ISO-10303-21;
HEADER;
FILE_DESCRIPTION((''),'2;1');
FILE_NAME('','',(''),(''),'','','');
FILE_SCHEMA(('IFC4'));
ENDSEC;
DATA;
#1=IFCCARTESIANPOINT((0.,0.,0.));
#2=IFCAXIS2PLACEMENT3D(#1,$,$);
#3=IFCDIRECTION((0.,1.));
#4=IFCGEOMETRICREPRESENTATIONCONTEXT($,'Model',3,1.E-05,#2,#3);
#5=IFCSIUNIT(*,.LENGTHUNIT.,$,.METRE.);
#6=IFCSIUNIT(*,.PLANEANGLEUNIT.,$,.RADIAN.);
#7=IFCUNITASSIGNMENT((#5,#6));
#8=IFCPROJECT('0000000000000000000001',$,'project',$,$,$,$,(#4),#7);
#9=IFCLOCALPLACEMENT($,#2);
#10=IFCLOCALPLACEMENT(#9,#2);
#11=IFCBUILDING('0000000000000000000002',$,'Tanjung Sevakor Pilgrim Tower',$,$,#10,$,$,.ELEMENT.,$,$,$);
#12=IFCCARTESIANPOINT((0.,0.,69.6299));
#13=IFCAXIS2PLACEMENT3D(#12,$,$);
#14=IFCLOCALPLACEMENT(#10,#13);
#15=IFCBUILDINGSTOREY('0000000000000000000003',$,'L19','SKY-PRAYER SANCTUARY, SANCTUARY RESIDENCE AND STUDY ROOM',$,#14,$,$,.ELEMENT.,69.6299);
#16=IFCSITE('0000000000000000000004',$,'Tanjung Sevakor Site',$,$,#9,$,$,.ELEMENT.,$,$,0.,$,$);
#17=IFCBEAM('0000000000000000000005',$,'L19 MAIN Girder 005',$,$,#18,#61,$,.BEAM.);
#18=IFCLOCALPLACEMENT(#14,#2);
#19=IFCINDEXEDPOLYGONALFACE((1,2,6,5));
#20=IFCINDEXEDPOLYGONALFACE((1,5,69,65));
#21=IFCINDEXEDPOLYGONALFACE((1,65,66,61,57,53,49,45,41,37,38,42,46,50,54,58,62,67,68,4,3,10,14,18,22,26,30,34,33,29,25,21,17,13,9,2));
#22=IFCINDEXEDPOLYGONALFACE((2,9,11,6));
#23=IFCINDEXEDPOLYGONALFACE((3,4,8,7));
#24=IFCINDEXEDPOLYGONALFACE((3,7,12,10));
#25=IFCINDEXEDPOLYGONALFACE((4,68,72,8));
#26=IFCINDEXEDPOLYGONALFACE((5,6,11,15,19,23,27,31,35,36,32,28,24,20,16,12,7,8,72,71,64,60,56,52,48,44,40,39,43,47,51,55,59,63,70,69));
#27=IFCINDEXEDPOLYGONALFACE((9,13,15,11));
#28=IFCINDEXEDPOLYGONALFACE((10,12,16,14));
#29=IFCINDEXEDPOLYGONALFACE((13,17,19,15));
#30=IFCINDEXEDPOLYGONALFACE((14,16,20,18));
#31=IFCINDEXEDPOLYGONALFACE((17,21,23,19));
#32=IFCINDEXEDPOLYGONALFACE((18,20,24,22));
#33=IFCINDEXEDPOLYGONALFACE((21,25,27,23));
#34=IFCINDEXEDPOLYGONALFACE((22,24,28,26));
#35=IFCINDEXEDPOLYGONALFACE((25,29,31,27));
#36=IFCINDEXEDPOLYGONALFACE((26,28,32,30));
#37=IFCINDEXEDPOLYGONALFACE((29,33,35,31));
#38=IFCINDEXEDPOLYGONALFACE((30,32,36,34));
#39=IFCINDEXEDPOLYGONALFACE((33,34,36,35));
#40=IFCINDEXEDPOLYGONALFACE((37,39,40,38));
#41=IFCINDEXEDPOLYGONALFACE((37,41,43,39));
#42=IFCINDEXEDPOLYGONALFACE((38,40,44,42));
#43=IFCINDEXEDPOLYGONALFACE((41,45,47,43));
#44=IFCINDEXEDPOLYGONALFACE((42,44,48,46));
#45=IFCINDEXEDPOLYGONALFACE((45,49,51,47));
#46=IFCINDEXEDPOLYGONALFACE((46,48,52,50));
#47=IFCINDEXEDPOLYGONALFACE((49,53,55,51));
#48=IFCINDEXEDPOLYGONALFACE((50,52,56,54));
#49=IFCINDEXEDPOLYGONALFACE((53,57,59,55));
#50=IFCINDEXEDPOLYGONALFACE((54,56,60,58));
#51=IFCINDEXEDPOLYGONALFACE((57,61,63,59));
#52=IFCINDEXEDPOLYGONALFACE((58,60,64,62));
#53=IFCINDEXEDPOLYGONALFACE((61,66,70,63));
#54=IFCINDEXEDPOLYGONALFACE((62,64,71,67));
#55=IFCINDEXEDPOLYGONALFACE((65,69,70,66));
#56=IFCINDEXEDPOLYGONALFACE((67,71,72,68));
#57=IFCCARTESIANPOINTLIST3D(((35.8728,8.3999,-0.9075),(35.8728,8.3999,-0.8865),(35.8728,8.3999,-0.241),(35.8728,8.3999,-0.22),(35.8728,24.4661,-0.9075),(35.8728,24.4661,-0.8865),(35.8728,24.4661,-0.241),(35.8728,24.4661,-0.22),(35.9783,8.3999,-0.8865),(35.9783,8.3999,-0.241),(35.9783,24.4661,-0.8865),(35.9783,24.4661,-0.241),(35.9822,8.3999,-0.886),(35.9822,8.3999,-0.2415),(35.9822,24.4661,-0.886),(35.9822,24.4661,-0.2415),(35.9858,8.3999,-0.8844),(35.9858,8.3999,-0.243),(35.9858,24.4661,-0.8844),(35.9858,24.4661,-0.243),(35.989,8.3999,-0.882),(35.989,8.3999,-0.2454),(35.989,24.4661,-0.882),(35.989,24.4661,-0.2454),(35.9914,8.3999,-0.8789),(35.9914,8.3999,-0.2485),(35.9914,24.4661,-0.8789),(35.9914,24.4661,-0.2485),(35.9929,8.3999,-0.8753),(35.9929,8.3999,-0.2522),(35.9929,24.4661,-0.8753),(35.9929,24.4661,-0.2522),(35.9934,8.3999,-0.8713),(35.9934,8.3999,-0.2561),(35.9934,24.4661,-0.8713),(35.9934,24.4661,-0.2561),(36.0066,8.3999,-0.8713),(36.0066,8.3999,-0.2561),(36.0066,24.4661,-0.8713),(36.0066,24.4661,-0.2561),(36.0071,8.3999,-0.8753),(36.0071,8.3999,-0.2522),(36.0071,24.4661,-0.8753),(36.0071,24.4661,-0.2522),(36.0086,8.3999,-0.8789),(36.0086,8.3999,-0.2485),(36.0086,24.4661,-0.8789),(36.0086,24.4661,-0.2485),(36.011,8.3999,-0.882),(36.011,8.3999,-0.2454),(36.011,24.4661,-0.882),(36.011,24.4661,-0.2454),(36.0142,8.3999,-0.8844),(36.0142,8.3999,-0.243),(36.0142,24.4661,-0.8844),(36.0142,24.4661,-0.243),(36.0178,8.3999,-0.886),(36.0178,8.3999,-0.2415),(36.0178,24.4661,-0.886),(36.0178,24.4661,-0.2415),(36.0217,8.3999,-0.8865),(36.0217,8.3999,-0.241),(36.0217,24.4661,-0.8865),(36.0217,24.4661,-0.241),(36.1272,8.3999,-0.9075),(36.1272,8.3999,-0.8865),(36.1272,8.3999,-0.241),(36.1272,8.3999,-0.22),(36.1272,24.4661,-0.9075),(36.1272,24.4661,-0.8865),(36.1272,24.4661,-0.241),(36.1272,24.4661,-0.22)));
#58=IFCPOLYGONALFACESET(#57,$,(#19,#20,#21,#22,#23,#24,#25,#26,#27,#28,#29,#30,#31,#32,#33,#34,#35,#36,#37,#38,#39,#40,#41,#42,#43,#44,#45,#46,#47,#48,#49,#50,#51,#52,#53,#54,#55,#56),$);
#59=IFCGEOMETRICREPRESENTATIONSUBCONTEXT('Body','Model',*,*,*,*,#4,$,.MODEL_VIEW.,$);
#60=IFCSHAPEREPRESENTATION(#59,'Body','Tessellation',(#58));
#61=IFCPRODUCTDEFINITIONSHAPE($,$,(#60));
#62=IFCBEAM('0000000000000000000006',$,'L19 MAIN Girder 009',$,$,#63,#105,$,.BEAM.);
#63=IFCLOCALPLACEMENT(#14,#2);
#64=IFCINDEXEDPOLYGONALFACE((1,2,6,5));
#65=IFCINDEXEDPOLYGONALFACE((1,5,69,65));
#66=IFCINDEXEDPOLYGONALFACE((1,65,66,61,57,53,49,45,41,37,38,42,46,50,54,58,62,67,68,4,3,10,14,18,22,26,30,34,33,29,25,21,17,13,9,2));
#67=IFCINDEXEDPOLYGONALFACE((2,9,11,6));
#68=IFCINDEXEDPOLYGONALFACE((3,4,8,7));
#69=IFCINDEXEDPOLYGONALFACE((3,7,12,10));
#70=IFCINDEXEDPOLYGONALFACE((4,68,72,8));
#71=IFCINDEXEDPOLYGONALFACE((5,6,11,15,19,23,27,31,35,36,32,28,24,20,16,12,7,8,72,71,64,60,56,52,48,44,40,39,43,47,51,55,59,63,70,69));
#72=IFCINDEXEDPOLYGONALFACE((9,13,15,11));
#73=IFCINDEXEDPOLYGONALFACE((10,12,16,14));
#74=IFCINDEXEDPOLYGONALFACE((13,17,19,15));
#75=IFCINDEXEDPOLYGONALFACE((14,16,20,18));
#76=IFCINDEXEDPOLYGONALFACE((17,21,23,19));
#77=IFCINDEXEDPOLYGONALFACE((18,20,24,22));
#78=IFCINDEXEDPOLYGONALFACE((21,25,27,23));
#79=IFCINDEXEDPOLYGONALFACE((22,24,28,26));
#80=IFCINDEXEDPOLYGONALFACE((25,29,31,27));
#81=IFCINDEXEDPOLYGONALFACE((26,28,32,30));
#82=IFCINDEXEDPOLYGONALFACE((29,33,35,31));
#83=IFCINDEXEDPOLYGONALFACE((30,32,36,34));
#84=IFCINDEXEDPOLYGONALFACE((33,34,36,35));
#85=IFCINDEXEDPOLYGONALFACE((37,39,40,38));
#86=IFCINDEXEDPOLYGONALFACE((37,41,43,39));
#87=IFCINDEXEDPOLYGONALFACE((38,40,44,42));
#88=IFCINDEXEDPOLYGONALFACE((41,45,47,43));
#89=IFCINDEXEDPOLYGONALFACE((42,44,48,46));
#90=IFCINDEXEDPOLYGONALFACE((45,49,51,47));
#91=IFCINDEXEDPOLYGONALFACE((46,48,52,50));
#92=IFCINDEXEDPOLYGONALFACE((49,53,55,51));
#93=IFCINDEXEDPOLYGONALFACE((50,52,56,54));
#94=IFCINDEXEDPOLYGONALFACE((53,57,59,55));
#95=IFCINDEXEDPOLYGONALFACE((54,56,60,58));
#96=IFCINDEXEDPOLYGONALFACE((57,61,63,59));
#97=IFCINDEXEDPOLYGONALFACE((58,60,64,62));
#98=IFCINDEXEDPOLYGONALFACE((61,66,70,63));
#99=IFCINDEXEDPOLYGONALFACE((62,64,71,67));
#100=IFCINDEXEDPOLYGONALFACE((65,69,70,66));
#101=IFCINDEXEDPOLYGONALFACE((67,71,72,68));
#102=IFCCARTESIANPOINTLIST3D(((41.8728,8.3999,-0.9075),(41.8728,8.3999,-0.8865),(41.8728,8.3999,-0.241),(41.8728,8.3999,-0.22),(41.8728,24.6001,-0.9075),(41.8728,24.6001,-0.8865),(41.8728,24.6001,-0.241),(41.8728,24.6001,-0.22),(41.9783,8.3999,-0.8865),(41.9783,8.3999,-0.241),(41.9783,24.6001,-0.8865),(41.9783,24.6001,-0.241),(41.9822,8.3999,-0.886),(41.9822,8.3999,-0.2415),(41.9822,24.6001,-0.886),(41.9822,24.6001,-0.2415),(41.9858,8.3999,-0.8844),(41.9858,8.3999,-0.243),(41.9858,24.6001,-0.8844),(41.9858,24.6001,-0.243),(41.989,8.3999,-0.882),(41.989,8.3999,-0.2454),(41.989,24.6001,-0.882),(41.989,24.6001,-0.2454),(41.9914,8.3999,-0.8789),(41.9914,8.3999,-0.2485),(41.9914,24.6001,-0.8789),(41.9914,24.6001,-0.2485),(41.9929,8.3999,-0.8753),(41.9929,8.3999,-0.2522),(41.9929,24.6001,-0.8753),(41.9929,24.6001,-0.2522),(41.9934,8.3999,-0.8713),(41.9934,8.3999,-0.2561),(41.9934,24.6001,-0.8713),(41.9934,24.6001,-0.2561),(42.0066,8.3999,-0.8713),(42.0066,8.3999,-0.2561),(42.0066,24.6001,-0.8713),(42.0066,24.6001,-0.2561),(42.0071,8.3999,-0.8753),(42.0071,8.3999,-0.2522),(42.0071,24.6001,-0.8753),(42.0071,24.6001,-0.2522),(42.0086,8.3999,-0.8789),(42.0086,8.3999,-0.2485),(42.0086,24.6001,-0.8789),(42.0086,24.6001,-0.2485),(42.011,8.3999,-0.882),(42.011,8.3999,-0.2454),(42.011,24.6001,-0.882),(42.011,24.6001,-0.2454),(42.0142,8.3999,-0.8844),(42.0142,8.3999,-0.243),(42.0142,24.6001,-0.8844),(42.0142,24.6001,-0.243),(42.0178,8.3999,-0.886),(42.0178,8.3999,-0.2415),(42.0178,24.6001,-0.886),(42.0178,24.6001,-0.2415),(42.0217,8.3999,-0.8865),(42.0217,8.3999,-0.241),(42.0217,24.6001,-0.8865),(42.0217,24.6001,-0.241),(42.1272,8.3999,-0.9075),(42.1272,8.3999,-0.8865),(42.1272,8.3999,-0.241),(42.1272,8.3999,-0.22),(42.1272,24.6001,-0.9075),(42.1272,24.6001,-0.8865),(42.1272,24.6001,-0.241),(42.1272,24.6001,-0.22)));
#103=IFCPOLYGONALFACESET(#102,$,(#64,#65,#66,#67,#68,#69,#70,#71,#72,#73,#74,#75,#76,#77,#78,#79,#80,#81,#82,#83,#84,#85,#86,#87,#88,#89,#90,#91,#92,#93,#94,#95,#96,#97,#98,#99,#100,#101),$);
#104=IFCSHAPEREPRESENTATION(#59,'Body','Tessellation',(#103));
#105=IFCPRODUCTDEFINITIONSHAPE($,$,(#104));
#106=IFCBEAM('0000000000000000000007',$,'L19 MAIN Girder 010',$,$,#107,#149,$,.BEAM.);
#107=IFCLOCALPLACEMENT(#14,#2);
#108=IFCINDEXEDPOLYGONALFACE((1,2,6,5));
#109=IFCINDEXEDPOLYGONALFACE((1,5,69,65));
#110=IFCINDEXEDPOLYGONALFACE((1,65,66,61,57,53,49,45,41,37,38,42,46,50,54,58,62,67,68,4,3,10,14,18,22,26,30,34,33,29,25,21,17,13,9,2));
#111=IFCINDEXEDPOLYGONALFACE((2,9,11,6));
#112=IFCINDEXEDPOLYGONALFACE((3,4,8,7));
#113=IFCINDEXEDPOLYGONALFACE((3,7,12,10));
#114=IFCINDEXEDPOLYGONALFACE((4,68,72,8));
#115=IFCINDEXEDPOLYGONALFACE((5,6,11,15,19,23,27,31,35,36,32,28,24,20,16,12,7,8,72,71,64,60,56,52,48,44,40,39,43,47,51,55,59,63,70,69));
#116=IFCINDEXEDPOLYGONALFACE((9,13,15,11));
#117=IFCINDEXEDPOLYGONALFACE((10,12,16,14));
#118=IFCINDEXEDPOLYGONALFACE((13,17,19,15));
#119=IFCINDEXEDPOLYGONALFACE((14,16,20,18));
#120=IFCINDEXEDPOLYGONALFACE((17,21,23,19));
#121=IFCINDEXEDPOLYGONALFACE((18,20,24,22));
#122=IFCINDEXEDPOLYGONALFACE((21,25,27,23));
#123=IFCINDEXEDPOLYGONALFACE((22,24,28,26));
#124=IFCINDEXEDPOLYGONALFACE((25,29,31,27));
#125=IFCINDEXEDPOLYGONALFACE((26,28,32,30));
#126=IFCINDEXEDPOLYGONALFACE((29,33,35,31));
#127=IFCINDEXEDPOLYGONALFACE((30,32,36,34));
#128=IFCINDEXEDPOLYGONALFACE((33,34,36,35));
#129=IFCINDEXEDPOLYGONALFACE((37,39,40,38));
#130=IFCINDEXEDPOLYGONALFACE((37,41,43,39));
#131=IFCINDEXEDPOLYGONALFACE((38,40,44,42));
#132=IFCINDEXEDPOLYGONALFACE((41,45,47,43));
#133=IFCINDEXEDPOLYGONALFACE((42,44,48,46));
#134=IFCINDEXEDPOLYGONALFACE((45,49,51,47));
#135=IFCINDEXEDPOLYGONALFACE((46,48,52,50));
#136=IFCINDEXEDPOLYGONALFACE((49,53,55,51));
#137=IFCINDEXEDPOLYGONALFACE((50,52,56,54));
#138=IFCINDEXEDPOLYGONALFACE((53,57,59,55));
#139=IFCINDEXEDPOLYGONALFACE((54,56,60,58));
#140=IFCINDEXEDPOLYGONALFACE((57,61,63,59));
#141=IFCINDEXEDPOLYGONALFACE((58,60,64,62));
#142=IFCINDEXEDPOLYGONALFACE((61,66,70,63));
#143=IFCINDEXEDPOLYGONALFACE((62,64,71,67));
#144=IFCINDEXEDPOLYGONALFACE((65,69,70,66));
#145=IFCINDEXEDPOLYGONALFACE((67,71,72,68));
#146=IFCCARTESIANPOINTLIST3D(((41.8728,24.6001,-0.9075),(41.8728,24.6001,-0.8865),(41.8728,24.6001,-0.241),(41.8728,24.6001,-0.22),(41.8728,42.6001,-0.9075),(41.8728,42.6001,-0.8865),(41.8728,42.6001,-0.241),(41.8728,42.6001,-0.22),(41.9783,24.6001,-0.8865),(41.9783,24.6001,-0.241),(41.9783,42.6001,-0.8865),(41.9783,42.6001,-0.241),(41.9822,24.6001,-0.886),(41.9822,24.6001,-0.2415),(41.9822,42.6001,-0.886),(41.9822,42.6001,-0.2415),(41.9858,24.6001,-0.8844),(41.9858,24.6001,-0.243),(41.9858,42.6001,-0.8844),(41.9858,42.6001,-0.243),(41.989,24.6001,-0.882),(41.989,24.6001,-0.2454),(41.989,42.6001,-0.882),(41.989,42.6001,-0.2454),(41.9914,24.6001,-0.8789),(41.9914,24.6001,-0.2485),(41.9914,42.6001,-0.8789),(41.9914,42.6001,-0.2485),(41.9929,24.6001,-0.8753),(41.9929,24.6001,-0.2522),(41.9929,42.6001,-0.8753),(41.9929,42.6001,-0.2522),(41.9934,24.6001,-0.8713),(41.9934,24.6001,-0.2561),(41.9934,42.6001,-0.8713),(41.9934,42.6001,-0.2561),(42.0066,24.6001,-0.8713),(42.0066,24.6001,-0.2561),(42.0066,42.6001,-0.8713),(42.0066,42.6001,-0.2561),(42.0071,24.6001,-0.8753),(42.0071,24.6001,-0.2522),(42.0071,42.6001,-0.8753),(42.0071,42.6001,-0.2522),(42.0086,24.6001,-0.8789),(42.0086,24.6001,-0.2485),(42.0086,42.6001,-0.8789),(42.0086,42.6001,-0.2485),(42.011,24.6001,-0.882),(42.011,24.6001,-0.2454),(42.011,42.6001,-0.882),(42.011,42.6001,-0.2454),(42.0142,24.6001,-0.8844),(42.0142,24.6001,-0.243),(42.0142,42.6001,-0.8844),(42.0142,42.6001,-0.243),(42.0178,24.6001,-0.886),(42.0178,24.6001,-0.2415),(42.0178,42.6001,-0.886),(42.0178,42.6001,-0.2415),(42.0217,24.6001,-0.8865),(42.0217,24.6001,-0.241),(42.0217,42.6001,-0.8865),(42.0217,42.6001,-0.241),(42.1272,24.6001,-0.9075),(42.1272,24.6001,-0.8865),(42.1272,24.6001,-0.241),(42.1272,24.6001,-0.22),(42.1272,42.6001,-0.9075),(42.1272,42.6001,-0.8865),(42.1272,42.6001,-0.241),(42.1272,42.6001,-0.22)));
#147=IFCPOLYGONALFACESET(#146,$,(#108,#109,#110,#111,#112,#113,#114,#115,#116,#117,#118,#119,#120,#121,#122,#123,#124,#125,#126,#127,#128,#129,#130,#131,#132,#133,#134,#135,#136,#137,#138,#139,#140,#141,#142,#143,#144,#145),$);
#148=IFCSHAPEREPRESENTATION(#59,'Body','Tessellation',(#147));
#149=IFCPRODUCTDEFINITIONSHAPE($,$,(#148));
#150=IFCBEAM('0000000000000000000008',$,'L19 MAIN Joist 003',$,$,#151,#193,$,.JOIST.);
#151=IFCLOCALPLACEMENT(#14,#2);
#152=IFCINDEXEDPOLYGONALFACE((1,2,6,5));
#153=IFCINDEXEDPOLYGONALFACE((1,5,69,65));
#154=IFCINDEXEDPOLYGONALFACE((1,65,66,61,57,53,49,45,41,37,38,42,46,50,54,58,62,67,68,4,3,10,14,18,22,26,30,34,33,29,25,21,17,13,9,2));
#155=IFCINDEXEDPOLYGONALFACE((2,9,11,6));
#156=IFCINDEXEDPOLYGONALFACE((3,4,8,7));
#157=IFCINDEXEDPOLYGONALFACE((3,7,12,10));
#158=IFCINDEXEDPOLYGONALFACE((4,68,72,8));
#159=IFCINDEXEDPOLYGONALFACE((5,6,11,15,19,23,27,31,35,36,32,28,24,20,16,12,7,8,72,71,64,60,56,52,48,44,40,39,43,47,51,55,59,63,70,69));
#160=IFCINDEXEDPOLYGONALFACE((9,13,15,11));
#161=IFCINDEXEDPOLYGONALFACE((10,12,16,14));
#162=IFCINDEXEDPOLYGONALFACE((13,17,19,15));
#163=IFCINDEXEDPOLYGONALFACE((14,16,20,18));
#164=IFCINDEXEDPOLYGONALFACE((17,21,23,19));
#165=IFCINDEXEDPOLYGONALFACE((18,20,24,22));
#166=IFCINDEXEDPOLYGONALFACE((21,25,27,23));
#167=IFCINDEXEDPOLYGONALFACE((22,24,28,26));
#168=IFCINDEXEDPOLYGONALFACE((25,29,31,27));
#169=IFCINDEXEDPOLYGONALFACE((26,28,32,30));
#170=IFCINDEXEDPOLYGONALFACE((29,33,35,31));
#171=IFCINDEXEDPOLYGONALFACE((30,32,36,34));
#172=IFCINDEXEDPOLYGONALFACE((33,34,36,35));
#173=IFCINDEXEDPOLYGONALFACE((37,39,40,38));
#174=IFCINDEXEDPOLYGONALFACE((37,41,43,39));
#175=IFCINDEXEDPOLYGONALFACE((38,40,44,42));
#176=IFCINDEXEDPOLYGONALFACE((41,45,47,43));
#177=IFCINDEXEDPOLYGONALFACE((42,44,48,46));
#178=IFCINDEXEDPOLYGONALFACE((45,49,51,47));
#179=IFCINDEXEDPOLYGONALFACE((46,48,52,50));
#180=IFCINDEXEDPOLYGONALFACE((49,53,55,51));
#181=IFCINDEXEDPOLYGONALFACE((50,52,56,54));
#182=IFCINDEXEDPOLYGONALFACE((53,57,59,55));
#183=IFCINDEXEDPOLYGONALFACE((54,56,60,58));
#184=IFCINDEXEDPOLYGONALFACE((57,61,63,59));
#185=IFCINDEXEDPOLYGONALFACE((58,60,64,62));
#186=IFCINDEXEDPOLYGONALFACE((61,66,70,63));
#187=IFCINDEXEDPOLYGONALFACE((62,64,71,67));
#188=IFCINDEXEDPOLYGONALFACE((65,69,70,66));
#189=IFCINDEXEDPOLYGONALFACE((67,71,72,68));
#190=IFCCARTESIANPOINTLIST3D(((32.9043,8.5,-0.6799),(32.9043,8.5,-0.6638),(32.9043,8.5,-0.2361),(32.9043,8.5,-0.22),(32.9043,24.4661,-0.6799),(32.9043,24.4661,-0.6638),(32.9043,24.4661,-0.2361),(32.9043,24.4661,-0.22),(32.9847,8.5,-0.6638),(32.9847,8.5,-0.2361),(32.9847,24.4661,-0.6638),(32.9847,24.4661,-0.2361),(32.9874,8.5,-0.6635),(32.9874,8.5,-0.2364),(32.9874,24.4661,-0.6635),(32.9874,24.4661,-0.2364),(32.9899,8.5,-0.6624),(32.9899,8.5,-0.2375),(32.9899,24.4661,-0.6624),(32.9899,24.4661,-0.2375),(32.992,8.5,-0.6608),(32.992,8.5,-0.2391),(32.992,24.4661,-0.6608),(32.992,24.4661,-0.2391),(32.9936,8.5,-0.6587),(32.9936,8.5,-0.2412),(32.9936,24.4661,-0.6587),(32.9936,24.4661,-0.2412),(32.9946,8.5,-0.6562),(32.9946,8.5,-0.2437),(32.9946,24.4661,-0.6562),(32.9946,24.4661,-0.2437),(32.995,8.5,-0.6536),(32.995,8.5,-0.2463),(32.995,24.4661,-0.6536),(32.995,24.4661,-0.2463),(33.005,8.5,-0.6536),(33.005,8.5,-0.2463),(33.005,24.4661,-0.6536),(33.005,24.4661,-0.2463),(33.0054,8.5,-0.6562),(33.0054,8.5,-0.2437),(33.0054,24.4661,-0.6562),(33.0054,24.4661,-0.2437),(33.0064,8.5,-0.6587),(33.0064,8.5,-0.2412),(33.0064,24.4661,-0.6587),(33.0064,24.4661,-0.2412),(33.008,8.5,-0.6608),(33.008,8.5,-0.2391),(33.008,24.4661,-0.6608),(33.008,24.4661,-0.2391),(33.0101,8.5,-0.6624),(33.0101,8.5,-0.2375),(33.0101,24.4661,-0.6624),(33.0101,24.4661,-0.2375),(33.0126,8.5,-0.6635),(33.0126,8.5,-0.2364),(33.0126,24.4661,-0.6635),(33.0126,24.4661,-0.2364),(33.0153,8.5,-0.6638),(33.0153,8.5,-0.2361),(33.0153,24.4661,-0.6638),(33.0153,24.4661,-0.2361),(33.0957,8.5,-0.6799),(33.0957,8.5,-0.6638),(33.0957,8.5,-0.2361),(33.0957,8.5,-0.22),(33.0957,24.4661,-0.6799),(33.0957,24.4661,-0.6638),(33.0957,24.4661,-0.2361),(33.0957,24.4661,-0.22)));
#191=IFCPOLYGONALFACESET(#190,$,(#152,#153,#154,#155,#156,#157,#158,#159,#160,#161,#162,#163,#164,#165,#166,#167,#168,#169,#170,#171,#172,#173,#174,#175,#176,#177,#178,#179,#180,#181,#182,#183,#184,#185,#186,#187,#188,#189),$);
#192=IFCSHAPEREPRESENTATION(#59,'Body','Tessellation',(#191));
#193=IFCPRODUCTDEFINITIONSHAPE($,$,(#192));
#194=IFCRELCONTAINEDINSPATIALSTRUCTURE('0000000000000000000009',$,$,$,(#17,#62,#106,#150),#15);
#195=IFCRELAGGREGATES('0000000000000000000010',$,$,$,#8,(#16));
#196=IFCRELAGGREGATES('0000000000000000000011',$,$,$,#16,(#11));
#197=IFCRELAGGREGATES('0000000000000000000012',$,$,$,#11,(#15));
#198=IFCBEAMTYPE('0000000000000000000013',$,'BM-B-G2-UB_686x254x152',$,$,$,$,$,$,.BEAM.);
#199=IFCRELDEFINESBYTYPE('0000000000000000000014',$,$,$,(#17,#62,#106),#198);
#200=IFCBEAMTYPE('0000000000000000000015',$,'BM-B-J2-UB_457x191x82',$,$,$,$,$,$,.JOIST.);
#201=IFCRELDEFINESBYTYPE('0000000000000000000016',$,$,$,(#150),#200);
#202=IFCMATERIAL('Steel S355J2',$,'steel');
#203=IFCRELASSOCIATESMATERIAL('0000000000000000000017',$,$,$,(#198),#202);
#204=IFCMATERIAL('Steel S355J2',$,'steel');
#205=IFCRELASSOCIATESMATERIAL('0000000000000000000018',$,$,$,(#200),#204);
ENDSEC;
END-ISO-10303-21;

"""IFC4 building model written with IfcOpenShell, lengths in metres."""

from ifc_helpers import new_model, si_unit, direction, frame, origin, origin_2d, place, context, subcontext, project, spatial, i_section, extrude, material, material_profile, profile_set, type_object, element, save


model = new_model("IFC4")

# Units and contexts
model_context = context("Model", 3, precision=1e-05, world=origin(), true_north=direction((0.0, 1.0)))
body_context = subcontext(model_context, "Body", "Model", "MODEL_VIEW")
ifc_project = project(units=[si_unit("LENGTHUNIT", "METRE"), si_unit("PLANEANGLEUNIT", "RADIAN")], contexts=[model_context])

# Site, building, storey
site_placement = place(None, origin())
site = spatial("IfcSite", under=ifc_project, at=site_placement, Name="Tanjung Sevakor Site", CompositionType="ELEMENT", RefElevation=0.0)
building_placement = place(site_placement, origin())
building = spatial("IfcBuilding", under=site, at=building_placement, Name="Tanjung Sevakor Pilgrim Tower", CompositionType="ELEMENT")
storey_placement = place(building_placement, frame((0.0, 0.0, 69.6299)))
storey = spatial("IfcBuildingStorey", under=building, at=storey_placement, Name="L19", Description="SKY-PRAYER SANCTUARY, SANCTUARY RESIDENCE AND STUDY ROOM", CompositionType="ELEMENT", Elevation=69.6299)

# Beams
ifc_material_1 = material(Name="Steel S355J2", Category="steel")
ifc_material_profile_1 = material_profile(ifc_material_1, i_section(OverallWidth=0.2544, OverallDepth=0.6875, WebThickness=0.0132, FlangeThickness=0.021, FilletRadius=0.0151, at=origin_2d()))
ifc_profile_set_1 = profile_set([ifc_material_profile_1], Name="Steel S355J2")
beam_type_1 = type_object("IfcBeamType", Name="BM-B-G2-UB_686x254x152", PredefinedType="BEAM", material=ifc_profile_set_1)
beam_1_placement = place(storey_placement, frame((36.0, 8.3999, -0.5637), z_axis=(0.0, 1.0, 0.0), x_axis=(-1.0, 0.0, 0.0)))
element("IfcBeam", 1, at=beam_1_placement, inside=storey, type_object=beam_type_1, Name="L19 MAIN Girder 005", PredefinedType="BEAM", context=body_context, shape_type="SweptSolid", body=[
    extrude(i_section(OverallWidth=0.2544, OverallDepth=0.6875, WebThickness=0.0132, FlangeThickness=0.021, FilletRadius=0.0151, at=origin_2d()), origin(), (0.0, 0.0, 1.0), 16.0662),
])
beam_2_placement = place(storey_placement, frame((42.0, 8.3999, -0.5637), z_axis=(0.0, 1.0, 0.0), x_axis=(-1.0, 0.0, 0.0)))
element("IfcBeam", 2, at=beam_2_placement, inside=storey, type_object=beam_type_1, Name="L19 MAIN Girder 009", PredefinedType="BEAM", context=body_context, shape_type="SweptSolid", body=[
    extrude(i_section(OverallWidth=0.2544, OverallDepth=0.6875, WebThickness=0.0132, FlangeThickness=0.021, FilletRadius=0.0151, at=origin_2d()), origin(), (0.0, 0.0, 1.0), 16.2002),
])
beam_3_placement = place(storey_placement, frame((42.0, 24.6001, -0.5637), z_axis=(0.0, 1.0, 0.0), x_axis=(-1.0, 0.0, 0.0)))
element("IfcBeam", 3, at=beam_3_placement, inside=storey, type_object=beam_type_1, Name="L19 MAIN Girder 010", PredefinedType="BEAM", context=body_context, shape_type="SweptSolid", body=[
    extrude(i_section(OverallWidth=0.2544, OverallDepth=0.6875, WebThickness=0.0132, FlangeThickness=0.021, FilletRadius=0.0151, at=origin_2d()), origin(), (0.0, 0.0, 1.0), 18.0),
])
ifc_material_2 = material(Name="Steel S355J2", Category="steel")
ifc_material_profile_2 = material_profile(ifc_material_2, i_section(OverallWidth=0.1914, OverallDepth=0.46, WebThickness=0.01, FlangeThickness=0.0161, FilletRadius=0.0103, at=origin_2d()))
ifc_profile_set_2 = profile_set([ifc_material_profile_2], Name="Steel S355J2")
beam_type_2 = type_object("IfcBeamType", Name="BM-B-J2-UB_457x191x82", PredefinedType="JOIST", material=ifc_profile_set_2)
for number, where, z_axis, x_axis, name in (
    (4, (33.0, 8.5, -0.45), (0.0, 1.0, 0.0), (-1.0, 0.0, 0.0), "L19 MAIN Joist 003"),
):
    element("IfcBeam", number, at=place(storey_placement, frame(where, z_axis=z_axis, x_axis=x_axis)), inside=storey, type_object=beam_type_2, Name=name, PredefinedType="JOIST", context=body_context, shape_type="SweptSolid", body=[
        extrude(i_section(OverallWidth=0.1914, OverallDepth=0.46, WebThickness=0.01, FlangeThickness=0.0161, FilletRadius=0.0103, at=origin_2d()), origin(), (0.0, 0.0, 1.0), 15.9661),
    ])

save(model, "model.ifc")
